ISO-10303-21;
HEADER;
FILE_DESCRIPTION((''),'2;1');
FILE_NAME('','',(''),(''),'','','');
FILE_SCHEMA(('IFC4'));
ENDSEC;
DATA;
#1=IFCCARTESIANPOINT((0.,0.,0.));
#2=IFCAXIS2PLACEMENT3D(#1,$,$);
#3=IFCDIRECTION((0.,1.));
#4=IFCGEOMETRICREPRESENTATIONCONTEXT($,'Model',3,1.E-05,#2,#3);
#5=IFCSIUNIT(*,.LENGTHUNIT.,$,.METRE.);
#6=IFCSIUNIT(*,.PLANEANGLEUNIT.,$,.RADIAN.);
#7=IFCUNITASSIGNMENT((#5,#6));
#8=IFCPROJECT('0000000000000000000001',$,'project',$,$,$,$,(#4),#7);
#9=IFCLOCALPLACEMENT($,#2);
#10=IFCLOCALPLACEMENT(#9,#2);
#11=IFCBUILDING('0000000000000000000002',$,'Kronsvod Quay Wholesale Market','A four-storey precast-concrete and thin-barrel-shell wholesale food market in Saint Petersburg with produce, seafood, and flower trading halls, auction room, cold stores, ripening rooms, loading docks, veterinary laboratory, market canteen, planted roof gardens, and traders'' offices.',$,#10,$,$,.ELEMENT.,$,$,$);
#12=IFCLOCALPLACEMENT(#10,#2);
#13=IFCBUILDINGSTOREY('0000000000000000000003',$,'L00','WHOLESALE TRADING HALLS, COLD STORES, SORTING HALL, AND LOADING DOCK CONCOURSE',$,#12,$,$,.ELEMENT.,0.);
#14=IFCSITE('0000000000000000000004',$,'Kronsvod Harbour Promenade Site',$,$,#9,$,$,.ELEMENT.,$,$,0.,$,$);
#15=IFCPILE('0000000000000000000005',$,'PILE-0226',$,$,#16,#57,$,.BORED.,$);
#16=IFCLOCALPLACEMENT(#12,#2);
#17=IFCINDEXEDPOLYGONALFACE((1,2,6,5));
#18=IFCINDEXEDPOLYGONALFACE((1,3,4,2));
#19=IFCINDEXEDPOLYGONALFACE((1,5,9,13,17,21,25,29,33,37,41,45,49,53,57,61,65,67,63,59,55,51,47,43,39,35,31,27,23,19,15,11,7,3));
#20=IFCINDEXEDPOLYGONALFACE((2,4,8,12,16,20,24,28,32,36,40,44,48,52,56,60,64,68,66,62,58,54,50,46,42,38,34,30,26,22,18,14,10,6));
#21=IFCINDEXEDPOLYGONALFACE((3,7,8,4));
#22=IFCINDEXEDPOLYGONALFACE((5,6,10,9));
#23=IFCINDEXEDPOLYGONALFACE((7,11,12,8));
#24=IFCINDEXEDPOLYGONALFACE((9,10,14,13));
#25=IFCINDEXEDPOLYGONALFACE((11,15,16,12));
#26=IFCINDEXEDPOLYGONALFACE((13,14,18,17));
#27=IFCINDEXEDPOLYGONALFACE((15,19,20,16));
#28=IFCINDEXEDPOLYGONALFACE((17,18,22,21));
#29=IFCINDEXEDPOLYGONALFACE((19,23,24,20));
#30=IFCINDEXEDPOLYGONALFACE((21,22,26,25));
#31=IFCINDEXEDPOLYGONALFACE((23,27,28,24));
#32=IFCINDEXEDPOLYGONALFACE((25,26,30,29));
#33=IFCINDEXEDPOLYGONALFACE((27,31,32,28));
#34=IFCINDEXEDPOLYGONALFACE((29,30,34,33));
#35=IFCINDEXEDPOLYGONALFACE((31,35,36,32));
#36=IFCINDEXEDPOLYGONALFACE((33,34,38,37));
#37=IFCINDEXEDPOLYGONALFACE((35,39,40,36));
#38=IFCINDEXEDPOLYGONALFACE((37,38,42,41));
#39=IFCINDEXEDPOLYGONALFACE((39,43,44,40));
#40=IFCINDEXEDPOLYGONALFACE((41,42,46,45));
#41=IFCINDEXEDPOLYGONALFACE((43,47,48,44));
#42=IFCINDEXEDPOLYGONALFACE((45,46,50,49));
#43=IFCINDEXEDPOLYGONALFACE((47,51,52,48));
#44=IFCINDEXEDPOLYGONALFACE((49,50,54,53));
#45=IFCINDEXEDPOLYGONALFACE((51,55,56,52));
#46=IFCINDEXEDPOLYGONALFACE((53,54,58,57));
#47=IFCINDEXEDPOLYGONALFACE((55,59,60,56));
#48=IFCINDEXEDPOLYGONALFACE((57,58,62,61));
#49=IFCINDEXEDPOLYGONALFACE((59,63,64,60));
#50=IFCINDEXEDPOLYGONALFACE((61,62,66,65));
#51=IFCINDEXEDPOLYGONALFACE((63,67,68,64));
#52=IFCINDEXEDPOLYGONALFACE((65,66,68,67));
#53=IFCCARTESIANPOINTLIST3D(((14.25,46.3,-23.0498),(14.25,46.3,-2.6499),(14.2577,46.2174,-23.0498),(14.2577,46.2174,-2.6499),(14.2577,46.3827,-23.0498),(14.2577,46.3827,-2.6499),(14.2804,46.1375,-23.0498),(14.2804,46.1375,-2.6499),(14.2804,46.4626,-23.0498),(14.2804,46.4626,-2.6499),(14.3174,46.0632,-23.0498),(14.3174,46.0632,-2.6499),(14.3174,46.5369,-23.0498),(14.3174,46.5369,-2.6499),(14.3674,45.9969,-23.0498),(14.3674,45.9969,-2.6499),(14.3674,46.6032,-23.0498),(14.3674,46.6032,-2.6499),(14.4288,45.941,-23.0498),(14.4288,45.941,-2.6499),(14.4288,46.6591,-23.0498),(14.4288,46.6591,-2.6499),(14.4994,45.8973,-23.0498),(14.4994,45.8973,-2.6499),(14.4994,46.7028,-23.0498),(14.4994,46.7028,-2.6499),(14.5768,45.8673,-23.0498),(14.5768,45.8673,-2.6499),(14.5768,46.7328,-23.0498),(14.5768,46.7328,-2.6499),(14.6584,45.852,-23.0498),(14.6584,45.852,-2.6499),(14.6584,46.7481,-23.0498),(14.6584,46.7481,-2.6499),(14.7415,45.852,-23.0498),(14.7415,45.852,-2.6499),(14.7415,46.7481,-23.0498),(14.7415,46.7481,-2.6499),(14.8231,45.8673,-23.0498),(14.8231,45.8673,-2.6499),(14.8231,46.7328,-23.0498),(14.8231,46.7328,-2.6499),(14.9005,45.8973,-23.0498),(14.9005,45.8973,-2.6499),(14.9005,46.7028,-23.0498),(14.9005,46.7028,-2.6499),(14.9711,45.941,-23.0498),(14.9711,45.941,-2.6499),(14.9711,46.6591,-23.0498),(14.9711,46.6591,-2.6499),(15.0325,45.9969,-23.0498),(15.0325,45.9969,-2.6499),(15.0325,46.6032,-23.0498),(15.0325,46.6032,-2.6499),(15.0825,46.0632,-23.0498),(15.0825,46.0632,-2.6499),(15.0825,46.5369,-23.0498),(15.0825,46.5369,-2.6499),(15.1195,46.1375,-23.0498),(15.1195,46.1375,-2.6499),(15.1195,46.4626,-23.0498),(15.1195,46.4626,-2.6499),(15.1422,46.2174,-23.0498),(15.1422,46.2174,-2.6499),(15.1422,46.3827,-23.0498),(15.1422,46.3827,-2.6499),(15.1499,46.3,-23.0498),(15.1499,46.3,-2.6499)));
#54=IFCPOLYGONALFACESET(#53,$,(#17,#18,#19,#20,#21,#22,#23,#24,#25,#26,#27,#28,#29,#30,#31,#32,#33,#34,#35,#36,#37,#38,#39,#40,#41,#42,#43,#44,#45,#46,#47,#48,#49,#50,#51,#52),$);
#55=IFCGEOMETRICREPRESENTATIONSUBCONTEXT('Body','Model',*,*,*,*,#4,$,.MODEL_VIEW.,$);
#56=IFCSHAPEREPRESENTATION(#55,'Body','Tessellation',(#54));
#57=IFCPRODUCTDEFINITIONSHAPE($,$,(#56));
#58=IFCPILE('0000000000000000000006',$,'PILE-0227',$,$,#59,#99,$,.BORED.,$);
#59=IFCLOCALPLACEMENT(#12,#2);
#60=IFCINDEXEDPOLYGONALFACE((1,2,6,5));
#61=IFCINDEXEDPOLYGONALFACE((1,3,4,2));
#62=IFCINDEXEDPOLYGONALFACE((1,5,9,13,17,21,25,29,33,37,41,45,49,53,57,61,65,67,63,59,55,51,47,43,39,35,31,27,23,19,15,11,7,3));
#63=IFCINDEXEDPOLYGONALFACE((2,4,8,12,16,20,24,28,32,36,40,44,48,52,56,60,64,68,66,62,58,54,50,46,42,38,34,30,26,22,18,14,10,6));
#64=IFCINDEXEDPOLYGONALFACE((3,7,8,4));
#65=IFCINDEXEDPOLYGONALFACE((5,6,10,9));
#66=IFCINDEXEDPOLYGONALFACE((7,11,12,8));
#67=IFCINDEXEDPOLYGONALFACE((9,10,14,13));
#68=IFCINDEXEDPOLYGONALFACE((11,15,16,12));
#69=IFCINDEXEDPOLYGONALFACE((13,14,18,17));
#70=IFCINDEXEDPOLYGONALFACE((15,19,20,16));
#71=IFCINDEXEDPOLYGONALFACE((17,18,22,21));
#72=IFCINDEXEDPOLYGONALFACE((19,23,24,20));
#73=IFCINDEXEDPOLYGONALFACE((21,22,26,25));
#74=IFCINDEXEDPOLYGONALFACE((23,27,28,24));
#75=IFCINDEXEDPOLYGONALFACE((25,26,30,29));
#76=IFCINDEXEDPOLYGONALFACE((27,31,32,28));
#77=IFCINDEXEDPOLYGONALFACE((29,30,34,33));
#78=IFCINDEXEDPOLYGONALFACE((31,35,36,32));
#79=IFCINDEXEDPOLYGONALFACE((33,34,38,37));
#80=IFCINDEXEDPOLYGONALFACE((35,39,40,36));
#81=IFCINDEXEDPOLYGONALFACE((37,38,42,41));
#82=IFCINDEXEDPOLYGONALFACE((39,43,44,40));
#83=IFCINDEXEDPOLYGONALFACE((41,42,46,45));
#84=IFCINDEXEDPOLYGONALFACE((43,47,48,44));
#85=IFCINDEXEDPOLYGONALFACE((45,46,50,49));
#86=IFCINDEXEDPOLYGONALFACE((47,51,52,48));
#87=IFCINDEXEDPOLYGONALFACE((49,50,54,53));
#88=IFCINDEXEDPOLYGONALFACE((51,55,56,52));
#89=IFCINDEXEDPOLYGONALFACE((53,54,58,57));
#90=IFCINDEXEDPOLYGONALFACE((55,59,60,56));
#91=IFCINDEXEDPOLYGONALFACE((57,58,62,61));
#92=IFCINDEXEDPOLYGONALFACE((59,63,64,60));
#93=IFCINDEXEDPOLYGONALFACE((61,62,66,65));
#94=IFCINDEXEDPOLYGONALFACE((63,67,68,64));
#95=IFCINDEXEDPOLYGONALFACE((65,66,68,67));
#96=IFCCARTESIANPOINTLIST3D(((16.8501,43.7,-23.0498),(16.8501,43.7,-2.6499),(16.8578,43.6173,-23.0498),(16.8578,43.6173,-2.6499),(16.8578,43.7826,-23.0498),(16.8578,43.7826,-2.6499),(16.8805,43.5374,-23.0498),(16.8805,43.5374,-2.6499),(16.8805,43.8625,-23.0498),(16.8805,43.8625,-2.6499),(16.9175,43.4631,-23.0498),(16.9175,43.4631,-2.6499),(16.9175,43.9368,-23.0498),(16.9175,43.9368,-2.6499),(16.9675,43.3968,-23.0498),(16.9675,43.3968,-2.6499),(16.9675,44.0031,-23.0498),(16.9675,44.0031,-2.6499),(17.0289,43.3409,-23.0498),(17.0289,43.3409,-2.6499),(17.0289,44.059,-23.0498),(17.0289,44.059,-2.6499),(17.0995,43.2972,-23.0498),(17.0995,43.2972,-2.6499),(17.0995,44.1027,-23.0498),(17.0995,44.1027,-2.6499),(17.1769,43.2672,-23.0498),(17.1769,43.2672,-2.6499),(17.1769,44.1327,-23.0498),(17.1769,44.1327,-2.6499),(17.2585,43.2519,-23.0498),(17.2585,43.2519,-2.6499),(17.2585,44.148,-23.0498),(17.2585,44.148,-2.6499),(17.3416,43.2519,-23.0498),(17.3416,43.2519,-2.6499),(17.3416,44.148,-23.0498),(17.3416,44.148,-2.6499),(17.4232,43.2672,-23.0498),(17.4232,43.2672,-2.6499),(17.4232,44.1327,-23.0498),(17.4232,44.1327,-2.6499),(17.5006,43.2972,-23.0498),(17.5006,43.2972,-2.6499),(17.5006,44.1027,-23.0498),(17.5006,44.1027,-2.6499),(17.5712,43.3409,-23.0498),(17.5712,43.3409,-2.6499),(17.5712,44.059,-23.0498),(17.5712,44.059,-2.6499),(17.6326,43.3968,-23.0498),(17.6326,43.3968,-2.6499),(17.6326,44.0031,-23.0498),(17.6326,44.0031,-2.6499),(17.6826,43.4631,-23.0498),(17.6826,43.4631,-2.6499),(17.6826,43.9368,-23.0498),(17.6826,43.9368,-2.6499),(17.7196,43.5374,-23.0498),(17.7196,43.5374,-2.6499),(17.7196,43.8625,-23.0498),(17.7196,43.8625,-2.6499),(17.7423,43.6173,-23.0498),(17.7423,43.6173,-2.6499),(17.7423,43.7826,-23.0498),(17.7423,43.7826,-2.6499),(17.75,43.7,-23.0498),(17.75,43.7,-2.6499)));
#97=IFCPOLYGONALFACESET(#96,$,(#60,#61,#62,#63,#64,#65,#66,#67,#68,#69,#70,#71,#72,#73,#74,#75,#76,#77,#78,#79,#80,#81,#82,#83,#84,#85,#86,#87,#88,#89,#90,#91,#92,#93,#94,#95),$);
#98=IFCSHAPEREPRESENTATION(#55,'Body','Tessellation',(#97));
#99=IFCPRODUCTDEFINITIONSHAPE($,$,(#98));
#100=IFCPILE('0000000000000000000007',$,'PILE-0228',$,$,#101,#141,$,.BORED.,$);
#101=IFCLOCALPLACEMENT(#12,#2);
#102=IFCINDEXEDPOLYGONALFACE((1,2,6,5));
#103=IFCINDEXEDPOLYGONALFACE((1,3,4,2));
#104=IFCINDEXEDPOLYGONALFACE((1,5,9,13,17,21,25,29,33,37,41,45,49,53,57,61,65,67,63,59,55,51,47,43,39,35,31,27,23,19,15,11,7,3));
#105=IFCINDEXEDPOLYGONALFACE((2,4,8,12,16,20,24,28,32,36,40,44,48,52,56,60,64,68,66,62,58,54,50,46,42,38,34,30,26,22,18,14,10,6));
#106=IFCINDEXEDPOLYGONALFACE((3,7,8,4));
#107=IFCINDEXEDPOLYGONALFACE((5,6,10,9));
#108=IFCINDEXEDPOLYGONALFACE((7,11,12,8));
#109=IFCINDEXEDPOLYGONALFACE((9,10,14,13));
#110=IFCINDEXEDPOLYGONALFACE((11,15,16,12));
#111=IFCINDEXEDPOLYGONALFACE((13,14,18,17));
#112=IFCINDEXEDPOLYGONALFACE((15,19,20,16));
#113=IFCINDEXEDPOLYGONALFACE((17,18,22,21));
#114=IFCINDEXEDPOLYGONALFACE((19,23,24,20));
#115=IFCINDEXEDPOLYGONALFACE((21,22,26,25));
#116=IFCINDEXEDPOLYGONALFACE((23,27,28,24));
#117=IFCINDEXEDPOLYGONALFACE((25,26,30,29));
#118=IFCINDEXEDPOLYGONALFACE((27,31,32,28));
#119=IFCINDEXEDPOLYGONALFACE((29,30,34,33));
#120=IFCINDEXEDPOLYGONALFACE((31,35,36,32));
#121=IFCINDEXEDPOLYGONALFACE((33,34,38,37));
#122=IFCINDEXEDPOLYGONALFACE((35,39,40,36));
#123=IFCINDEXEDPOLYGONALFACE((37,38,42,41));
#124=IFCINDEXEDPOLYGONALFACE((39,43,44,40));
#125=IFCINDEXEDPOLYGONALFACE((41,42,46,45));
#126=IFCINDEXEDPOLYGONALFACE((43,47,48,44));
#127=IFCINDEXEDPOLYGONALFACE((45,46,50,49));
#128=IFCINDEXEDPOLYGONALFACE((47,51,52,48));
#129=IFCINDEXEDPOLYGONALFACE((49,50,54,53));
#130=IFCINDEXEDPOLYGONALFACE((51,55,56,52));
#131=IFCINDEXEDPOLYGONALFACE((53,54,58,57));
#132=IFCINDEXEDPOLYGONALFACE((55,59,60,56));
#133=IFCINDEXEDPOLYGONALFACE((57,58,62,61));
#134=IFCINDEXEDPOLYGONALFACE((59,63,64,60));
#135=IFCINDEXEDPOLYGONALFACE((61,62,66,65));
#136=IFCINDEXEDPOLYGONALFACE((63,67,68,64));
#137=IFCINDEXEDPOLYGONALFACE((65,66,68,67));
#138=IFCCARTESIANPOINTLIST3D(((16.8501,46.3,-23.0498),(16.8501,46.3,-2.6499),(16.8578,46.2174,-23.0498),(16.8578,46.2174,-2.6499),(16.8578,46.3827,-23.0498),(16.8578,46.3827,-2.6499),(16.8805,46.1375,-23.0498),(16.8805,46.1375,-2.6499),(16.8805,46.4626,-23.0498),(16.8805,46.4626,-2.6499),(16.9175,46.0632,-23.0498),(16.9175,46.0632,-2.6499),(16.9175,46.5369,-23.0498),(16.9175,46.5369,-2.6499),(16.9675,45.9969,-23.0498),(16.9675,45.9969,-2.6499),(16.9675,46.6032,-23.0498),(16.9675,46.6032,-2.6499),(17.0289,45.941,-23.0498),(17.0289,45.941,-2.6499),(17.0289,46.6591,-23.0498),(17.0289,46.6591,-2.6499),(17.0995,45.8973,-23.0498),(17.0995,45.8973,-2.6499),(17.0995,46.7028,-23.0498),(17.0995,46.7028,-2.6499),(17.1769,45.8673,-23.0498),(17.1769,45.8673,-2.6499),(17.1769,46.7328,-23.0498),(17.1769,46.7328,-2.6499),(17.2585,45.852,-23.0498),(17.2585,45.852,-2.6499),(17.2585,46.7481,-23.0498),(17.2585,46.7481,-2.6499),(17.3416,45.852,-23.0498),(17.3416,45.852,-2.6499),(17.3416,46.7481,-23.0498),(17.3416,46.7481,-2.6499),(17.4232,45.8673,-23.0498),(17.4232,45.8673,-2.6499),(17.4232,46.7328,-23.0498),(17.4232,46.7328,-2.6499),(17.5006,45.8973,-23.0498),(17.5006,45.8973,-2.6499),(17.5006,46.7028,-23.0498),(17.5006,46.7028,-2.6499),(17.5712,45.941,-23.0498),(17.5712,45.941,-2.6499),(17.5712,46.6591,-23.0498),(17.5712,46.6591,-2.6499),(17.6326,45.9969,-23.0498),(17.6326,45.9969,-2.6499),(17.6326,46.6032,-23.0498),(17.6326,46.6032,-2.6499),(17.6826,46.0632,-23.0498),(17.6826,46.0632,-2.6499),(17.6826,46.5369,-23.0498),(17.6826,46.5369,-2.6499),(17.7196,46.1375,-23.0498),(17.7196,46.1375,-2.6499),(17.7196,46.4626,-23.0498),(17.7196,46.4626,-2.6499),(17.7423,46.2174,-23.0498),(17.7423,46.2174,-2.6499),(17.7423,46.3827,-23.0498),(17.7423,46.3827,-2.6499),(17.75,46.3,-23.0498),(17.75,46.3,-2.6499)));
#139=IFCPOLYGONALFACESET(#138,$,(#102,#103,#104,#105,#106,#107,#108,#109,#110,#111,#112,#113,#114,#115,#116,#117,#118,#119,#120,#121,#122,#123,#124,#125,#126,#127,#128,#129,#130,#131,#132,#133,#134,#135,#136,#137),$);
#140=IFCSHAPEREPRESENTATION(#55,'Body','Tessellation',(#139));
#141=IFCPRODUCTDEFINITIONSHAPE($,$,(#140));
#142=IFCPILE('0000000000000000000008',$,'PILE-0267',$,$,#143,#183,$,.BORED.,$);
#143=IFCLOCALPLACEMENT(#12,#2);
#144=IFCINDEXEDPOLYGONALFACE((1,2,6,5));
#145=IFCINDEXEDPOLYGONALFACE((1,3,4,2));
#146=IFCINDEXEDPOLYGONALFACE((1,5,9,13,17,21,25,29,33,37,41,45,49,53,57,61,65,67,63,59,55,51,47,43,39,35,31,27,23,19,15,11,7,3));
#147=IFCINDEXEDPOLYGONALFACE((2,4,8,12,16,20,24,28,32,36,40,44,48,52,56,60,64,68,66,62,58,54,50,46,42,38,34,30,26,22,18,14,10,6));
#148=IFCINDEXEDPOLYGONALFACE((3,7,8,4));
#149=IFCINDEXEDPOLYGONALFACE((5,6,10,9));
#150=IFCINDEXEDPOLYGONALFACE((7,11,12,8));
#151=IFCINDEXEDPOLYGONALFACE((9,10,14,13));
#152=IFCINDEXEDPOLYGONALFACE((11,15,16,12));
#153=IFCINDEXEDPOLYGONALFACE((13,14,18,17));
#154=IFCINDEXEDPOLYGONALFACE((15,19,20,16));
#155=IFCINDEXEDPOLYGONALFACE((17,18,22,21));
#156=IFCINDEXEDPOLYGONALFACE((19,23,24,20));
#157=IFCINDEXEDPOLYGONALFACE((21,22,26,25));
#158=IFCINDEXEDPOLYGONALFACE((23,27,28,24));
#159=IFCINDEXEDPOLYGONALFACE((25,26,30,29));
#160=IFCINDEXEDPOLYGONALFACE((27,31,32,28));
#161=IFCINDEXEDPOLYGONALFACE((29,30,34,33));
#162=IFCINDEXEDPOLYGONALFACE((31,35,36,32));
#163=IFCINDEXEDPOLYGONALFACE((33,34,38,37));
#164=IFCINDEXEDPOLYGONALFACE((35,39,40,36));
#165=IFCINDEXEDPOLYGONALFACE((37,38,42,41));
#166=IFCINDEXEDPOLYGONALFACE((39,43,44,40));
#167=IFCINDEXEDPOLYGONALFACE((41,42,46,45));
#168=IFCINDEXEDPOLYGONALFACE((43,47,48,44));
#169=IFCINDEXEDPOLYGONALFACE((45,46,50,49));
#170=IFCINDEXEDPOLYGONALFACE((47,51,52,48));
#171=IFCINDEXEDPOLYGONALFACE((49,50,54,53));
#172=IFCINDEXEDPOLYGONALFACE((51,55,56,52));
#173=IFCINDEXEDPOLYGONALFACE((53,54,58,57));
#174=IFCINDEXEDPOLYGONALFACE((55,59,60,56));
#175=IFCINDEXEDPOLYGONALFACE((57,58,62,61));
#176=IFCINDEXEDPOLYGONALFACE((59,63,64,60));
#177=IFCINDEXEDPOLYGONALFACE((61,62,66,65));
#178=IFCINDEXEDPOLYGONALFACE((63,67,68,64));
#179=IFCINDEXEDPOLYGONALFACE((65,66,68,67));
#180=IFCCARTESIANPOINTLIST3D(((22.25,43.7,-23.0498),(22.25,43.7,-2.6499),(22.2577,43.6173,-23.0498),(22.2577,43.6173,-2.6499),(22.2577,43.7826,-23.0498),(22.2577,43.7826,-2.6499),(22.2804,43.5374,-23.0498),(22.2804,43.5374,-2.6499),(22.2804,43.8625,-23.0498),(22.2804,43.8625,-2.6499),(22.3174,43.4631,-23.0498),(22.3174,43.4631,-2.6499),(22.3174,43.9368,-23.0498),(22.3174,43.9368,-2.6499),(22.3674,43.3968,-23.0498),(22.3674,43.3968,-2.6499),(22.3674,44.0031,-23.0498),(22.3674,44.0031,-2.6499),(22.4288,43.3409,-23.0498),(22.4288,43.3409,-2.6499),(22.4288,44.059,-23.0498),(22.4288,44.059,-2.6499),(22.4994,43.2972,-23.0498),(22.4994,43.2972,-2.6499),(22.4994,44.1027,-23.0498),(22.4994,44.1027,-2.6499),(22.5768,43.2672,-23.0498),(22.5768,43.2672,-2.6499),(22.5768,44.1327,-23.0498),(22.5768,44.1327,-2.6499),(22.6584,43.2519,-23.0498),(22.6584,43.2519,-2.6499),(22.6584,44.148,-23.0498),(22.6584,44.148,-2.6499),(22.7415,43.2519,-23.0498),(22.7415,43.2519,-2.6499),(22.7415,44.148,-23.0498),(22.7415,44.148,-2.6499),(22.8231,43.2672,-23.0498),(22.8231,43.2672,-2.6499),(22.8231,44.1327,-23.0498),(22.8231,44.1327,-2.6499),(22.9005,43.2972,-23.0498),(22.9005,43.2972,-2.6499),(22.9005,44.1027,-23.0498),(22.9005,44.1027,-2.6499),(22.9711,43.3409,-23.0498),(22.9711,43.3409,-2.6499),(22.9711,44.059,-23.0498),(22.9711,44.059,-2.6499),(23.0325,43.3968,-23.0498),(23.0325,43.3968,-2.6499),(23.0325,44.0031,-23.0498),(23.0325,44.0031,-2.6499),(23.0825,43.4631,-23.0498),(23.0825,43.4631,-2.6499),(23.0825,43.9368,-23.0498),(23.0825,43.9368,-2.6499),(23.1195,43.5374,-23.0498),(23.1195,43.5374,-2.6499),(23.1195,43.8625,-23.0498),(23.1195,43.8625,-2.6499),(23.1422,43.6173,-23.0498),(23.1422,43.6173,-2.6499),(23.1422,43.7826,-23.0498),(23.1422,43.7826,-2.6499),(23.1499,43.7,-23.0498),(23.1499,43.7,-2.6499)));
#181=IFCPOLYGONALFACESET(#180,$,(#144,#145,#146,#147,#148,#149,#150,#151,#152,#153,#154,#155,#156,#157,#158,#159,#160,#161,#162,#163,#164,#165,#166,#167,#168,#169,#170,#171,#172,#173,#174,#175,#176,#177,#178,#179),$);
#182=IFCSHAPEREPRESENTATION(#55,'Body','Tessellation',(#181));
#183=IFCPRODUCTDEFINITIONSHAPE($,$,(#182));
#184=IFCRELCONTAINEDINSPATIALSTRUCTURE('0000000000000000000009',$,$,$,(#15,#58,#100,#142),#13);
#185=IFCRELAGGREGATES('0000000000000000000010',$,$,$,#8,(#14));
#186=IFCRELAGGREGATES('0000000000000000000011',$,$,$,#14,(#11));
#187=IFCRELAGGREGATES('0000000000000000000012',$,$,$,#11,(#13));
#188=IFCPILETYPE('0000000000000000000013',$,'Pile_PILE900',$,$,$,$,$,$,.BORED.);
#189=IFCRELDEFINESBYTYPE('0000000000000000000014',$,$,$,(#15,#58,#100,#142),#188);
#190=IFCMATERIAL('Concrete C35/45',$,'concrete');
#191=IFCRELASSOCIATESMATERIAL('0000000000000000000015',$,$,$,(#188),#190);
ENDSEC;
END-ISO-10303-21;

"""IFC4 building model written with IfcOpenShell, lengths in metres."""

from ifc_helpers import new_model, si_unit, direction, frame, origin, origin_2d, place, context, subcontext, project, spatial, circle, extrude, material, material_profile, profile_set, type_object, element, save


model = new_model("IFC4")

# Units and contexts
model_context = context("Model", 3, precision=1e-05, world=origin(), true_north=direction((0.0, 1.0)))
body_context = subcontext(model_context, "Body", "Model", "MODEL_VIEW")
ifc_project = project(units=[si_unit("LENGTHUNIT", "METRE"), si_unit("PLANEANGLEUNIT", "RADIAN")], contexts=[model_context])

# Site, building, storey
site_placement = place(None, origin())
site = spatial("IfcSite", under=ifc_project, at=site_placement, Name="Kronsvod Harbour Promenade Site", CompositionType="ELEMENT", RefElevation=0.0)
building_placement = place(site_placement, origin())
building = spatial("IfcBuilding", under=site, at=building_placement, Name="Kronsvod Quay Wholesale Market", Description="A four-storey precast-concrete and thin-barrel-shell wholesale food market in Saint Petersburg with produce, seafood, and flower trading halls, auction room, cold stores, ripening rooms, loading docks, veterinary laboratory, market canteen, planted roof gardens, and traders' offices.", CompositionType="ELEMENT")
storey_placement = place(building_placement, origin())
storey = spatial("IfcBuildingStorey", under=building, at=storey_placement, Name="L00", Description="WHOLESALE TRADING HALLS, COLD STORES, SORTING HALL, AND LOADING DOCK CONCOURSE", CompositionType="ELEMENT", Elevation=0.0)

# Piles
ifc_material_1 = material(Name="Concrete C35/45", Category="concrete")
ifc_material_profile_1 = material_profile(ifc_material_1, circle(Radius=0.45, at=origin_2d()), Name="PILE900")
ifc_profile_set_1 = profile_set([ifc_material_profile_1], Name="Concrete C35/45")
pile_type_1 = type_object("IfcPileType", Name="Pile_PILE900", PredefinedType="BORED", material=ifc_profile_set_1)
for number, where, z_axis, x_axis, name in (
    (1, (14.7, 46.3, -2.6499), (0.0, 0.0, -1.0), (1.0, 0.0, 0.0), "PILE-0226"),
    (2, (17.3, 43.7, -2.6499), (0.0, 0.0, -1.0), (1.0, 0.0, 0.0), "PILE-0227"),
    (3, (17.3, 46.3, -2.6499), (0.0, 0.0, -1.0), (1.0, 0.0, 0.0), "PILE-0228"),
    (4, (22.7, 43.7, -2.6499), (0.0, 0.0, -1.0), (1.0, 0.0, 0.0), "PILE-0267"),
):
    element("IfcPile", number, at=place(storey_placement, frame(where, z_axis=z_axis, x_axis=x_axis)), inside=storey, type_object=pile_type_1, Name=name, PredefinedType="BORED", context=body_context, shape_type="SweptSolid", body=[
        extrude(circle(Radius=0.45, at=origin_2d()), origin(), (0.0, 0.0, 1.0), 20.3999),
    ])

save(model, "model.ifc")
